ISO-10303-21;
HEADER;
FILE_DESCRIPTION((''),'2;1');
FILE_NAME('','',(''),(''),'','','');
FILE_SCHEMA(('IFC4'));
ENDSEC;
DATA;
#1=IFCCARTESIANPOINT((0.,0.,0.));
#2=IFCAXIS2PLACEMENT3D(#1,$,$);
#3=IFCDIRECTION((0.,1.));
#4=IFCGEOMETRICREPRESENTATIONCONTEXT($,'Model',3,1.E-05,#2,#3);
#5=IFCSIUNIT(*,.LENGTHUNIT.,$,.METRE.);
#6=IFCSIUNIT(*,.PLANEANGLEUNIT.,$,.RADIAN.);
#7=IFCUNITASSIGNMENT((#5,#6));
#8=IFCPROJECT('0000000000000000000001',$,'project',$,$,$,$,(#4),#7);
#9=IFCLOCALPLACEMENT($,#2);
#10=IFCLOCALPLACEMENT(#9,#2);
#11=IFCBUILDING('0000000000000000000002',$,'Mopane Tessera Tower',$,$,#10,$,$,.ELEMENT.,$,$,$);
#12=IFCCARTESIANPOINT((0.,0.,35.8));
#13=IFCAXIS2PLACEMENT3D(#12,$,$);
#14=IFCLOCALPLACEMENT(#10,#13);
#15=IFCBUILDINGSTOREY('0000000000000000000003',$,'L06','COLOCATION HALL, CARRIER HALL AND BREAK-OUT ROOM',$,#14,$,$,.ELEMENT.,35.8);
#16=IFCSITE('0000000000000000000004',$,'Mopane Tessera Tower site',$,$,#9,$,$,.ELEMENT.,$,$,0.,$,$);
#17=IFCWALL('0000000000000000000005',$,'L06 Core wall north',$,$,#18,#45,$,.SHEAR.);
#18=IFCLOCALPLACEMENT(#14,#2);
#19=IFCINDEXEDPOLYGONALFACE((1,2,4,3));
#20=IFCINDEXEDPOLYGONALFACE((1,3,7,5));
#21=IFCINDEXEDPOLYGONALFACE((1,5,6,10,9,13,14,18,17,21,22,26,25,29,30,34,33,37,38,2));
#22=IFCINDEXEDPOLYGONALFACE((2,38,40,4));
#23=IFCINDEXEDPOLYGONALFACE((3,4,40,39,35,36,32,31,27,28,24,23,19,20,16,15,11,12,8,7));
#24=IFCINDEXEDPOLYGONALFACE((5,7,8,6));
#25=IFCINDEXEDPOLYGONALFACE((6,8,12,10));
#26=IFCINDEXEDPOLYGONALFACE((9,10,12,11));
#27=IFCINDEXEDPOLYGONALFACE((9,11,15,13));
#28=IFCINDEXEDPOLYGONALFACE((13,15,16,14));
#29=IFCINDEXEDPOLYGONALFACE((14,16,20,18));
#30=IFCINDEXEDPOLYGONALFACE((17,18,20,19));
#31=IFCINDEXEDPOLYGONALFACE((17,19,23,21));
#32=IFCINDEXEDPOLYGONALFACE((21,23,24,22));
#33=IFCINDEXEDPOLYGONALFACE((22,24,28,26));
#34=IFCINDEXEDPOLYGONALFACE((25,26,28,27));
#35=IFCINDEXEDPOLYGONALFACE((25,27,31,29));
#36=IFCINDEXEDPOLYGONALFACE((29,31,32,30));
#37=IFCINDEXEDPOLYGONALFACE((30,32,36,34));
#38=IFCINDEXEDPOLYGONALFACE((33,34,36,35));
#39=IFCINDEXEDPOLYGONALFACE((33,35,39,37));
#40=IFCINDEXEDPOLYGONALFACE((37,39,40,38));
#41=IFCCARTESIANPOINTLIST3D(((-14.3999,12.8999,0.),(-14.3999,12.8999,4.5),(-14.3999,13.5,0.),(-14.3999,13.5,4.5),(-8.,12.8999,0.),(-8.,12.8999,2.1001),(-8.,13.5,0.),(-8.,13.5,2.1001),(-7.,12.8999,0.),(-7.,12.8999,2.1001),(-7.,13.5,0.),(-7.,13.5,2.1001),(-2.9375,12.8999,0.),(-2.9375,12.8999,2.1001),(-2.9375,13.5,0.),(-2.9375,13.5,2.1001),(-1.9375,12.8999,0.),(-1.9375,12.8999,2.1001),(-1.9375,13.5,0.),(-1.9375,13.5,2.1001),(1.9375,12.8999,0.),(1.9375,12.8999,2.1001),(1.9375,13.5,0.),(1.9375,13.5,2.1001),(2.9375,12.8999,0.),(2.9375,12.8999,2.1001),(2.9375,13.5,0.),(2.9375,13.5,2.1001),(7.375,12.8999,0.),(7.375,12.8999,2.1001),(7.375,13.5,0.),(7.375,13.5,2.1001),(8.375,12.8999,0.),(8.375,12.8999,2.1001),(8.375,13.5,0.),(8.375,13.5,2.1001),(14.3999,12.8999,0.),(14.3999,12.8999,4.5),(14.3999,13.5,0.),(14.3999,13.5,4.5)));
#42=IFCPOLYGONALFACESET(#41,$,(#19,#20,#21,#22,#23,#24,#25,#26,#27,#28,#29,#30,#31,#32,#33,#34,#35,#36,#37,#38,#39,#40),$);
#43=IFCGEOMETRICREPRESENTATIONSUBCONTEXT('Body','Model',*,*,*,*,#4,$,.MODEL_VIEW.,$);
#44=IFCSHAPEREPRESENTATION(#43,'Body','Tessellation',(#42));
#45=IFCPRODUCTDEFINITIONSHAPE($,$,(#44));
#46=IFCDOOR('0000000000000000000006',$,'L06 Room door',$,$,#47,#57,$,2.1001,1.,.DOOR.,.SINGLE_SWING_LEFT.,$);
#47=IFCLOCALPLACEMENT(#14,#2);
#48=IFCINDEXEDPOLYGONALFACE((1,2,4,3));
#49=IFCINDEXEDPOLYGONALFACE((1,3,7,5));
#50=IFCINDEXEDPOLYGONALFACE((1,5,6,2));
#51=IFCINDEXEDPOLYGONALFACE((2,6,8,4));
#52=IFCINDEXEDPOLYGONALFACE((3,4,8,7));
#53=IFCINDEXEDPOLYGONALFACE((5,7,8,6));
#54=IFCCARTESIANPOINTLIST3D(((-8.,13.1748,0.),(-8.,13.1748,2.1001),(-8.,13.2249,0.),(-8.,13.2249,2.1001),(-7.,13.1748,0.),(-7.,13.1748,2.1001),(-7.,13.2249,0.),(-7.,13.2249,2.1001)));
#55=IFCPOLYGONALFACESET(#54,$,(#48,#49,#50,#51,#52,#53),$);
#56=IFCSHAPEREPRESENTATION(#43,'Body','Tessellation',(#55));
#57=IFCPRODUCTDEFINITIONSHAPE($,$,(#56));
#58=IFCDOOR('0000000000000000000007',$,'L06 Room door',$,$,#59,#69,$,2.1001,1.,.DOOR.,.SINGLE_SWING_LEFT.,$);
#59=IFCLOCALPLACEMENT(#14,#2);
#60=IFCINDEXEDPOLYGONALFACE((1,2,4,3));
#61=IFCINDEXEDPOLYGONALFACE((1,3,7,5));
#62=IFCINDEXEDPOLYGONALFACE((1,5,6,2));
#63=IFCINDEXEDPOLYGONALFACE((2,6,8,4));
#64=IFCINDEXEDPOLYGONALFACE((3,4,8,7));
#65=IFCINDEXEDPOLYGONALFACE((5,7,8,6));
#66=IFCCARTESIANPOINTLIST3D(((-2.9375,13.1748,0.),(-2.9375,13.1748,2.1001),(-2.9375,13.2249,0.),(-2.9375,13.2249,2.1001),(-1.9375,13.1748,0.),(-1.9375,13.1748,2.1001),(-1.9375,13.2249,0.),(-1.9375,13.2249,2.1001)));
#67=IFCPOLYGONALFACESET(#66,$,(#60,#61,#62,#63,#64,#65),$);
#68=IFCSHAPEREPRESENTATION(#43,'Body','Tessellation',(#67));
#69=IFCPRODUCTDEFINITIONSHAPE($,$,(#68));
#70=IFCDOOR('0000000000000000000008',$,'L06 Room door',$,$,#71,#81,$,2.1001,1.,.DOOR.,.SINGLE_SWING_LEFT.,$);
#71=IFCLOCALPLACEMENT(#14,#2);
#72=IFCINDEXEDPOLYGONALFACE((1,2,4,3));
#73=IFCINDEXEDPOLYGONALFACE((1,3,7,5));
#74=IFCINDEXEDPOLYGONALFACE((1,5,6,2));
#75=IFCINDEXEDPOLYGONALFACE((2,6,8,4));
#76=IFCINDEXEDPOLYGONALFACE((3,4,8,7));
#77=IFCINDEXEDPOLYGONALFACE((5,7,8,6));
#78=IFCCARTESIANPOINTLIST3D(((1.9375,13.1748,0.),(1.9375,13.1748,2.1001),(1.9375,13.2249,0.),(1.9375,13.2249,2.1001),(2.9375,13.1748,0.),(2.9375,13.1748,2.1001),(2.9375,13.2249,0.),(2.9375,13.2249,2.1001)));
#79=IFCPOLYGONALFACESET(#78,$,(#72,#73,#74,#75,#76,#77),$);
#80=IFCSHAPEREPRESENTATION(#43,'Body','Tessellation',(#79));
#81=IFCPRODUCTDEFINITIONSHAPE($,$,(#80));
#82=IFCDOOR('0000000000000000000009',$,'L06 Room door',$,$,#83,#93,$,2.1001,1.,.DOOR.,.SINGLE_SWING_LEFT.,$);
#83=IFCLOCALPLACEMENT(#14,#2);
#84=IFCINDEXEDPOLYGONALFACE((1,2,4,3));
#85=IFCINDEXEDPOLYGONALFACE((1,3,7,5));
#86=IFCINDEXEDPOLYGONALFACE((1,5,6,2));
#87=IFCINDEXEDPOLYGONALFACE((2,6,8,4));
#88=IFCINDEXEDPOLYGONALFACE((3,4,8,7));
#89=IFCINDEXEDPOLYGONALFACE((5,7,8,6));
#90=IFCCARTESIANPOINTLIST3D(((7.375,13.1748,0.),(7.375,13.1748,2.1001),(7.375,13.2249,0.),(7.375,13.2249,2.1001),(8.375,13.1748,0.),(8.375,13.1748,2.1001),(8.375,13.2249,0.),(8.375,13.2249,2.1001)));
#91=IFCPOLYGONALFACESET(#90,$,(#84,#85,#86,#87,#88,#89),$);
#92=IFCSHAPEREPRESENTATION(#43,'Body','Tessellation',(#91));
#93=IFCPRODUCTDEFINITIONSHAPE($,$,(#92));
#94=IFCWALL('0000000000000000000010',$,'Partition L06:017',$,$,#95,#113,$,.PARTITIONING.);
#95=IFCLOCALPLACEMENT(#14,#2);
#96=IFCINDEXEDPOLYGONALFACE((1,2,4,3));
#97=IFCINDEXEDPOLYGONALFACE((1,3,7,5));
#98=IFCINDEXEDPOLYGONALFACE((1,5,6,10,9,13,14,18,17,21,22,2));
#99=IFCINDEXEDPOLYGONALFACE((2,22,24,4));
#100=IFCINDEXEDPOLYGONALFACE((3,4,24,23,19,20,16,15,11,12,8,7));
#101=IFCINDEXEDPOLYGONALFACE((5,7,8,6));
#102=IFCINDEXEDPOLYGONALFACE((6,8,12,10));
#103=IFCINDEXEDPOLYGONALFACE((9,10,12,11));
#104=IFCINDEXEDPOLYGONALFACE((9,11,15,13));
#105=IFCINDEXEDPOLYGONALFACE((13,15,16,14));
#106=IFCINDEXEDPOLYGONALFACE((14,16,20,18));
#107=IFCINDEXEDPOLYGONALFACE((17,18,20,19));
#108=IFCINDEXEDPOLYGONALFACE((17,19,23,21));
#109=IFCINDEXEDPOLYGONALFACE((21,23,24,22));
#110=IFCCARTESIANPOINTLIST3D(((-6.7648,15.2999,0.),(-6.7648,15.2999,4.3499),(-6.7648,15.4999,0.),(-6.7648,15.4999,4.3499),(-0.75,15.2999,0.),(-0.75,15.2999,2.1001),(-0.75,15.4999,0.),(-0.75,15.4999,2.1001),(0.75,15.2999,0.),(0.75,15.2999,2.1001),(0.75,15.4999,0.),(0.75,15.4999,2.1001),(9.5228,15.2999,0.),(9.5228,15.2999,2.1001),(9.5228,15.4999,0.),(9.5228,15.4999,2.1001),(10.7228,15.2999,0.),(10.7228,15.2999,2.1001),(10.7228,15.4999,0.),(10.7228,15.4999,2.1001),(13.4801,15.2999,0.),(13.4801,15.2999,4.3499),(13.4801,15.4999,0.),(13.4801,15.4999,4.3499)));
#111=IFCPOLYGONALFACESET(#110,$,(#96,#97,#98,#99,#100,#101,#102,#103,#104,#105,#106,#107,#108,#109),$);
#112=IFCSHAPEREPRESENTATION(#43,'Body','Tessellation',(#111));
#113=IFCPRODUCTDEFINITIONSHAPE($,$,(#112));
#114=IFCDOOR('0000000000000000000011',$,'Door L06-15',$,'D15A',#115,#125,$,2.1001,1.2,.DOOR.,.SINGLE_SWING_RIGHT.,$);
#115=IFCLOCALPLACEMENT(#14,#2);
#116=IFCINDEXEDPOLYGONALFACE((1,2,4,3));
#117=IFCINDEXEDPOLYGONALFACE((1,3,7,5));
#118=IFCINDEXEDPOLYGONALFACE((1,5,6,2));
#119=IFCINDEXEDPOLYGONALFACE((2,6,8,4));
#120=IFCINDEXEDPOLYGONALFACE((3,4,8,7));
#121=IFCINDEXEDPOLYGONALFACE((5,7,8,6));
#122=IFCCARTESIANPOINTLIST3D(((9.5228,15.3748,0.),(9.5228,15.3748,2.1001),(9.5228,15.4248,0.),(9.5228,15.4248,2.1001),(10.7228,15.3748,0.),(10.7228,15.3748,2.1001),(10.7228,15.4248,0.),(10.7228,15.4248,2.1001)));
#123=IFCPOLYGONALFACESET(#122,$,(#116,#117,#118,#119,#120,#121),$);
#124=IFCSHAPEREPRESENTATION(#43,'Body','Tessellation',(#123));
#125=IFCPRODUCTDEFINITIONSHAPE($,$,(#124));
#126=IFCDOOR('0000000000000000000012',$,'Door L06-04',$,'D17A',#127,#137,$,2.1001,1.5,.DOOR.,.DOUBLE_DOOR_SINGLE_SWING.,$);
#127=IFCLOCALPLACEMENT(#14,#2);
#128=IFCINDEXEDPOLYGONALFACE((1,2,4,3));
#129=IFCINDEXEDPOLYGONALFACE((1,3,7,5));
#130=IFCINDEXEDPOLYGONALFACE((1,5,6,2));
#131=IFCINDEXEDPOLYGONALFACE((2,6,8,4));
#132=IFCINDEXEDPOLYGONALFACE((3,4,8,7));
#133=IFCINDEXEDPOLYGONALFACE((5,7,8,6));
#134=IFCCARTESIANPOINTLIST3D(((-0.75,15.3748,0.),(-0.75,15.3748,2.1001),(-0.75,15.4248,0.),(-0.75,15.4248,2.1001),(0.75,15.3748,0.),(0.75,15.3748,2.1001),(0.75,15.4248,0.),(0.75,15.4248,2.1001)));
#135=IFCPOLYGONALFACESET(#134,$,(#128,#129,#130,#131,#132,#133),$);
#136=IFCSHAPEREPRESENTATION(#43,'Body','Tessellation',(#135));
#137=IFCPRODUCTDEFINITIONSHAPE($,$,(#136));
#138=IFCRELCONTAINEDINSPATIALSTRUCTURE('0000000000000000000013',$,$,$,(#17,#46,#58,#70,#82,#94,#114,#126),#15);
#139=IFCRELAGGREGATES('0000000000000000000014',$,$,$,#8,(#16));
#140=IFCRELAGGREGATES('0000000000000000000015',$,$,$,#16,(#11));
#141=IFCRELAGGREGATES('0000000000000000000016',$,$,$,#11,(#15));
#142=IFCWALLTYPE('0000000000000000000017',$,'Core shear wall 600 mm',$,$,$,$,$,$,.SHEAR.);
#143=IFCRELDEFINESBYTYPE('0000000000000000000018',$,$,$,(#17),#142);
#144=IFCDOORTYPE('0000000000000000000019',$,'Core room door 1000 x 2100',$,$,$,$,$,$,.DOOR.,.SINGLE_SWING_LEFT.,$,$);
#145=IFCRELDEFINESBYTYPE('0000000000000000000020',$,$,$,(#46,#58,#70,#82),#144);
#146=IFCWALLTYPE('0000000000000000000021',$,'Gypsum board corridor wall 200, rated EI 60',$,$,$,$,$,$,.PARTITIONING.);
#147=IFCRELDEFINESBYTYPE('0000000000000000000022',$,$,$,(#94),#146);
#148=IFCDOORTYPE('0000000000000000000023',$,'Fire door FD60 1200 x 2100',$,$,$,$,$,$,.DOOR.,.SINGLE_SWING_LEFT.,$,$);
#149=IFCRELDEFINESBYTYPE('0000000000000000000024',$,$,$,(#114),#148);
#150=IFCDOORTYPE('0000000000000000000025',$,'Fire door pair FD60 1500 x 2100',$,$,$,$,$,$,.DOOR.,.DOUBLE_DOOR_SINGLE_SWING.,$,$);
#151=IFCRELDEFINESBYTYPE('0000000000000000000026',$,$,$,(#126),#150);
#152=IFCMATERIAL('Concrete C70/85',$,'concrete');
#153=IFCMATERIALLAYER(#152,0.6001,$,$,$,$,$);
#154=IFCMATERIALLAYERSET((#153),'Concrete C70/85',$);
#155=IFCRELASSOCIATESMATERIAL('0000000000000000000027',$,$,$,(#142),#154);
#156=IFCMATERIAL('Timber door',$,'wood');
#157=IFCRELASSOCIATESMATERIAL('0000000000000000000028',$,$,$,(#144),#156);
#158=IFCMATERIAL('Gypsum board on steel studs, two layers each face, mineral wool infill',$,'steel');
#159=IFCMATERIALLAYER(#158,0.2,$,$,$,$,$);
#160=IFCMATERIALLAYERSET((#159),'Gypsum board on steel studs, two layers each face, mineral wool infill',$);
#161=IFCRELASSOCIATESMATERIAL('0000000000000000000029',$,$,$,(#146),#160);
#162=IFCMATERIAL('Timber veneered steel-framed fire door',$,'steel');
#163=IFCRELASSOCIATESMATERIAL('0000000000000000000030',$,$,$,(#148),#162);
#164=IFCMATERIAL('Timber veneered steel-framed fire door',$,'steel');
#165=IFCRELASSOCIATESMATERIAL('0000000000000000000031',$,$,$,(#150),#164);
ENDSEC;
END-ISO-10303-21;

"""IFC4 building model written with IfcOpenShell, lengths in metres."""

from ifc_helpers import new_model, si_unit, direction, frame, frame_2d, origin, place, context, subcontext, project, spatial, rectangle, extrude, material, layer, layer_set, type_object, element, fill, save


model = new_model("IFC4")

# Units and contexts
model_context = context("Model", 3, precision=1e-05, world=origin(), true_north=direction((0.0, 1.0)))
body_context = subcontext(model_context, "Body", "Model", "MODEL_VIEW")
ifc_project = project(units=[si_unit("LENGTHUNIT", "METRE"), si_unit("PLANEANGLEUNIT", "RADIAN")], contexts=[model_context])

# Site, building, storey
site_placement = place(None, origin())
site = spatial("IfcSite", under=ifc_project, at=site_placement, Name="Mopane Tessera Tower site", CompositionType="ELEMENT", RefElevation=0.0)
building_placement = place(site_placement, origin())
building = spatial("IfcBuilding", under=site, at=building_placement, Name="Mopane Tessera Tower", CompositionType="ELEMENT")
storey_placement = place(building_placement, frame((0.0, 0.0, 35.8)))
storey = spatial("IfcBuildingStorey", under=building, at=storey_placement, Name="L06", Description="COLOCATION HALL, CARRIER HALL AND BREAK-OUT ROOM", CompositionType="ELEMENT", Elevation=35.8)

# Walls, openings, doors
ifc_material_1 = material(Name="Concrete C70/85", Category="concrete")
ifc_layer_1 = layer(ifc_material_1, 0.6001)
ifc_layer_set_1 = layer_set([ifc_layer_1], Name="Concrete C70/85")
wall_type_1 = type_object("IfcWallType", Name="Core shear wall 600 mm", PredefinedType="SHEAR", material=ifc_layer_set_1)
wall_1_placement = place(storey_placement, frame((-14.3999, 13.2, 0.0), z_axis=(0.0, 0.0, 1.0), x_axis=(1.0, 0.0, 0.0)))
wall_1 = element("IfcWall", 1, at=wall_1_placement, inside=storey, type_object=wall_type_1, Name="L06 Core wall north", PredefinedType="SHEAR", context=body_context, shape_type="SweptSolid", body=[
    extrude(rectangle(XDim=28.7998, YDim=0.6001, at=frame_2d((14.3999, 0.0))), origin(), (0.0, 0.0, 1.0), 4.5),
])
opening_1_placement = place(wall_1_placement, frame((6.3999, 0.0, 0.0)))
opening_1 = element("IfcOpeningElement", 2, at=opening_1_placement, cuts=wall_1, PredefinedType="OPENING", context=body_context, shape_type="SweptSolid", body=[
    extrude(rectangle(XDim=1.0, YDim=2.1001, at=frame_2d((0.5, 1.05))), frame((0.0, 0.312, 0.0), z_axis=(0.0, -1.0, 0.0), x_axis=(1.0, 0.0, 0.0)), (0.0, 0.0, 1.0), 0.624),
])
opening_2_placement = place(wall_1_placement, frame((11.4624, 0.0, 0.0)))
opening_2 = element("IfcOpeningElement", 3, at=opening_2_placement, cuts=wall_1, PredefinedType="OPENING", context=body_context, shape_type="SweptSolid", body=[
    extrude(rectangle(XDim=1.0, YDim=2.1001, at=frame_2d((0.5, 1.05))), frame((0.0, 0.312, 0.0), z_axis=(0.0, -1.0, 0.0), x_axis=(1.0, 0.0, 0.0)), (0.0, 0.0, 1.0), 0.624),
])
opening_3_placement = place(wall_1_placement, frame((16.3374, 0.0, 0.0)))
opening_3 = element("IfcOpeningElement", 4, at=opening_3_placement, cuts=wall_1, PredefinedType="OPENING", context=body_context, shape_type="SweptSolid", body=[
    extrude(rectangle(XDim=1.0, YDim=2.1001, at=frame_2d((0.5, 1.05))), frame((0.0, 0.312, 0.0), z_axis=(0.0, -1.0, 0.0), x_axis=(1.0, 0.0, 0.0)), (0.0, 0.0, 1.0), 0.624),
])
opening_4_placement = place(wall_1_placement, frame((21.7749, 0.0, 0.0)))
opening_4 = element("IfcOpeningElement", 5, at=opening_4_placement, cuts=wall_1, PredefinedType="OPENING", context=body_context, shape_type="SweptSolid", body=[
    extrude(rectangle(XDim=1.0, YDim=2.1001, at=frame_2d((0.5, 1.05))), frame((0.0, 0.312, 0.0), z_axis=(0.0, -1.0, 0.0), x_axis=(1.0, 0.0, 0.0)), (0.0, 0.0, 1.0), 0.624),
])
ifc_material_2 = material(Name="Timber door", Category="wood")
door_type_1 = type_object("IfcDoorType", Name="Core room door 1000 x 2100", OperationType="SINGLE_SWING_LEFT", PredefinedType="DOOR", material=ifc_material_2)
door_1_placement = place(opening_1_placement, origin())
door_1 = element("IfcDoor", 6, at=door_1_placement, inside=storey, type_object=door_type_1, Name="L06 Room door", OperationType="SINGLE_SWING_LEFT", OverallHeight=2.1001, OverallWidth=1.0, PredefinedType="DOOR", context=body_context, shape_type="SweptSolid", body=[
    extrude(rectangle(XDim=1.0, YDim=2.1001, at=frame_2d((0.5, 1.05))), frame((0.0, 0.0249, 0.0), z_axis=(0.0, -1.0, 0.0), x_axis=(1.0, 0.0, 0.0)), (0.0, 0.0, 1.0), 0.05),
])
fill(opening_1, door_1)
door_2_placement = place(opening_2_placement, origin())
door_2 = element("IfcDoor", 7, at=door_2_placement, inside=storey, type_object=door_type_1, Name="L06 Room door", OperationType="SINGLE_SWING_LEFT", OverallHeight=2.1001, OverallWidth=1.0, PredefinedType="DOOR", context=body_context, shape_type="SweptSolid", body=[
    extrude(rectangle(XDim=1.0, YDim=2.1001, at=frame_2d((0.5, 1.05))), frame((0.0, 0.0249, 0.0), z_axis=(0.0, -1.0, 0.0), x_axis=(1.0, 0.0, 0.0)), (0.0, 0.0, 1.0), 0.05),
])
fill(opening_2, door_2)
door_3_placement = place(opening_3_placement, origin())
door_3 = element("IfcDoor", 8, at=door_3_placement, inside=storey, type_object=door_type_1, Name="L06 Room door", OperationType="SINGLE_SWING_LEFT", OverallHeight=2.1001, OverallWidth=1.0, PredefinedType="DOOR", context=body_context, shape_type="SweptSolid", body=[
    extrude(rectangle(XDim=1.0, YDim=2.1001, at=frame_2d((0.5, 1.05))), frame((0.0, 0.0249, 0.0), z_axis=(0.0, -1.0, 0.0), x_axis=(1.0, 0.0, 0.0)), (0.0, 0.0, 1.0), 0.05),
])
fill(opening_3, door_3)
door_4_placement = place(opening_4_placement, origin())
door_4 = element("IfcDoor", 9, at=door_4_placement, inside=storey, type_object=door_type_1, Name="L06 Room door", OperationType="SINGLE_SWING_LEFT", OverallHeight=2.1001, OverallWidth=1.0, PredefinedType="DOOR", context=body_context, shape_type="SweptSolid", body=[
    extrude(rectangle(XDim=1.0, YDim=2.1001, at=frame_2d((0.5, 1.05))), frame((0.0, 0.0249, 0.0), z_axis=(0.0, -1.0, 0.0), x_axis=(1.0, 0.0, 0.0)), (0.0, 0.0, 1.0), 0.05),
])
fill(opening_4, door_4)
ifc_material_3 = material(Name="Gypsum board on steel studs, two layers each face, mineral wool infill", Category="steel")
ifc_layer_2 = layer(ifc_material_3, 0.2)
ifc_layer_set_2 = layer_set([ifc_layer_2], Name="Gypsum board on steel studs, two layers each face, mineral wool infill")
wall_type_2 = type_object("IfcWallType", Name="Gypsum board corridor wall 200, rated EI 60", PredefinedType="PARTITIONING", material=ifc_layer_set_2)
wall_2_placement = place(storey_placement, frame((-6.7649, 15.3999, 0.0), z_axis=(0.0, 0.0, 1.0), x_axis=(1.0, 0.0, 0.0)))
wall_2 = element("IfcWall", 10, at=wall_2_placement, inside=storey, type_object=wall_type_2, Name="Partition L06:017", PredefinedType="PARTITIONING", context=body_context, shape_type="SweptSolid", body=[
    extrude(rectangle(XDim=20.2449, YDim=0.2, at=frame_2d((10.1226, 0.0))), origin(), (0.0, 0.0, 1.0), 4.3499),
])
opening_5_placement = place(wall_2_placement, frame((6.0149, 0.0, 0.0)))
opening_5 = element("IfcOpeningElement", 11, at=opening_5_placement, cuts=wall_2, PredefinedType="OPENING", context=body_context, shape_type="SweptSolid", body=[
    extrude(rectangle(XDim=1.5, YDim=2.1001, at=frame_2d((0.75, 1.05))), frame((0.0, 0.1121, 0.0), z_axis=(0.0, -1.0, 0.0), x_axis=(1.0, 0.0, 0.0)), (0.0, 0.0, 1.0), 0.2239),
])
opening_6_placement = place(wall_2_placement, frame((16.2876, 0.0, 0.0)))
opening_6 = element("IfcOpeningElement", 12, at=opening_6_placement, cuts=wall_2, PredefinedType="OPENING", context=body_context, shape_type="SweptSolid", body=[
    extrude(rectangle(XDim=1.2, YDim=2.1001, at=frame_2d((0.6001, 1.05))), frame((0.0, 0.1121, 0.0), z_axis=(0.0, -1.0, 0.0), x_axis=(1.0, 0.0, 0.0)), (0.0, 0.0, 1.0), 0.2239),
])
ifc_material_4 = material(Name="Timber veneered steel-framed fire door", Category="steel")
door_type_2 = type_object("IfcDoorType", Name="Fire door FD60 1200 x 2100", OperationType="SINGLE_SWING_LEFT", PredefinedType="DOOR", material=ifc_material_4)
door_5_placement = place(opening_6_placement, origin())
door_5 = element("IfcDoor", 13, at=door_5_placement, inside=storey, type_object=door_type_2, Name="Door L06-15", ObjectType="D15A", OperationType="SINGLE_SWING_RIGHT", OverallHeight=2.1001, OverallWidth=1.2, PredefinedType="DOOR", context=body_context, shape_type="SweptSolid", body=[
    extrude(rectangle(XDim=1.2, YDim=2.1001, at=frame_2d((0.6001, 1.05))), frame((0.0, 0.0249, 0.0), z_axis=(0.0, -1.0, 0.0), x_axis=(1.0, 0.0, 0.0)), (0.0, 0.0, 1.0), 0.05),
])
fill(opening_6, door_5)
ifc_material_5 = material(Name="Timber veneered steel-framed fire door", Category="steel")
door_type_3 = type_object("IfcDoorType", Name="Fire door pair FD60 1500 x 2100", OperationType="DOUBLE_DOOR_SINGLE_SWING", PredefinedType="DOOR", material=ifc_material_5)
door_6_placement = place(opening_5_placement, origin())
door_6 = element("IfcDoor", 14, at=door_6_placement, inside=storey, type_object=door_type_3, Name="Door L06-04", ObjectType="D17A", OperationType="DOUBLE_DOOR_SINGLE_SWING", OverallHeight=2.1001, OverallWidth=1.5, PredefinedType="DOOR", context=body_context, shape_type="SweptSolid", body=[
    extrude(rectangle(XDim=1.5, YDim=2.1001, at=frame_2d((0.75, 1.05))), frame((0.0, 0.0249, 0.0), z_axis=(0.0, -1.0, 0.0), x_axis=(1.0, 0.0, 0.0)), (0.0, 0.0, 1.0), 0.05),
])
fill(opening_5, door_6)

save(model, "model.ifc")
